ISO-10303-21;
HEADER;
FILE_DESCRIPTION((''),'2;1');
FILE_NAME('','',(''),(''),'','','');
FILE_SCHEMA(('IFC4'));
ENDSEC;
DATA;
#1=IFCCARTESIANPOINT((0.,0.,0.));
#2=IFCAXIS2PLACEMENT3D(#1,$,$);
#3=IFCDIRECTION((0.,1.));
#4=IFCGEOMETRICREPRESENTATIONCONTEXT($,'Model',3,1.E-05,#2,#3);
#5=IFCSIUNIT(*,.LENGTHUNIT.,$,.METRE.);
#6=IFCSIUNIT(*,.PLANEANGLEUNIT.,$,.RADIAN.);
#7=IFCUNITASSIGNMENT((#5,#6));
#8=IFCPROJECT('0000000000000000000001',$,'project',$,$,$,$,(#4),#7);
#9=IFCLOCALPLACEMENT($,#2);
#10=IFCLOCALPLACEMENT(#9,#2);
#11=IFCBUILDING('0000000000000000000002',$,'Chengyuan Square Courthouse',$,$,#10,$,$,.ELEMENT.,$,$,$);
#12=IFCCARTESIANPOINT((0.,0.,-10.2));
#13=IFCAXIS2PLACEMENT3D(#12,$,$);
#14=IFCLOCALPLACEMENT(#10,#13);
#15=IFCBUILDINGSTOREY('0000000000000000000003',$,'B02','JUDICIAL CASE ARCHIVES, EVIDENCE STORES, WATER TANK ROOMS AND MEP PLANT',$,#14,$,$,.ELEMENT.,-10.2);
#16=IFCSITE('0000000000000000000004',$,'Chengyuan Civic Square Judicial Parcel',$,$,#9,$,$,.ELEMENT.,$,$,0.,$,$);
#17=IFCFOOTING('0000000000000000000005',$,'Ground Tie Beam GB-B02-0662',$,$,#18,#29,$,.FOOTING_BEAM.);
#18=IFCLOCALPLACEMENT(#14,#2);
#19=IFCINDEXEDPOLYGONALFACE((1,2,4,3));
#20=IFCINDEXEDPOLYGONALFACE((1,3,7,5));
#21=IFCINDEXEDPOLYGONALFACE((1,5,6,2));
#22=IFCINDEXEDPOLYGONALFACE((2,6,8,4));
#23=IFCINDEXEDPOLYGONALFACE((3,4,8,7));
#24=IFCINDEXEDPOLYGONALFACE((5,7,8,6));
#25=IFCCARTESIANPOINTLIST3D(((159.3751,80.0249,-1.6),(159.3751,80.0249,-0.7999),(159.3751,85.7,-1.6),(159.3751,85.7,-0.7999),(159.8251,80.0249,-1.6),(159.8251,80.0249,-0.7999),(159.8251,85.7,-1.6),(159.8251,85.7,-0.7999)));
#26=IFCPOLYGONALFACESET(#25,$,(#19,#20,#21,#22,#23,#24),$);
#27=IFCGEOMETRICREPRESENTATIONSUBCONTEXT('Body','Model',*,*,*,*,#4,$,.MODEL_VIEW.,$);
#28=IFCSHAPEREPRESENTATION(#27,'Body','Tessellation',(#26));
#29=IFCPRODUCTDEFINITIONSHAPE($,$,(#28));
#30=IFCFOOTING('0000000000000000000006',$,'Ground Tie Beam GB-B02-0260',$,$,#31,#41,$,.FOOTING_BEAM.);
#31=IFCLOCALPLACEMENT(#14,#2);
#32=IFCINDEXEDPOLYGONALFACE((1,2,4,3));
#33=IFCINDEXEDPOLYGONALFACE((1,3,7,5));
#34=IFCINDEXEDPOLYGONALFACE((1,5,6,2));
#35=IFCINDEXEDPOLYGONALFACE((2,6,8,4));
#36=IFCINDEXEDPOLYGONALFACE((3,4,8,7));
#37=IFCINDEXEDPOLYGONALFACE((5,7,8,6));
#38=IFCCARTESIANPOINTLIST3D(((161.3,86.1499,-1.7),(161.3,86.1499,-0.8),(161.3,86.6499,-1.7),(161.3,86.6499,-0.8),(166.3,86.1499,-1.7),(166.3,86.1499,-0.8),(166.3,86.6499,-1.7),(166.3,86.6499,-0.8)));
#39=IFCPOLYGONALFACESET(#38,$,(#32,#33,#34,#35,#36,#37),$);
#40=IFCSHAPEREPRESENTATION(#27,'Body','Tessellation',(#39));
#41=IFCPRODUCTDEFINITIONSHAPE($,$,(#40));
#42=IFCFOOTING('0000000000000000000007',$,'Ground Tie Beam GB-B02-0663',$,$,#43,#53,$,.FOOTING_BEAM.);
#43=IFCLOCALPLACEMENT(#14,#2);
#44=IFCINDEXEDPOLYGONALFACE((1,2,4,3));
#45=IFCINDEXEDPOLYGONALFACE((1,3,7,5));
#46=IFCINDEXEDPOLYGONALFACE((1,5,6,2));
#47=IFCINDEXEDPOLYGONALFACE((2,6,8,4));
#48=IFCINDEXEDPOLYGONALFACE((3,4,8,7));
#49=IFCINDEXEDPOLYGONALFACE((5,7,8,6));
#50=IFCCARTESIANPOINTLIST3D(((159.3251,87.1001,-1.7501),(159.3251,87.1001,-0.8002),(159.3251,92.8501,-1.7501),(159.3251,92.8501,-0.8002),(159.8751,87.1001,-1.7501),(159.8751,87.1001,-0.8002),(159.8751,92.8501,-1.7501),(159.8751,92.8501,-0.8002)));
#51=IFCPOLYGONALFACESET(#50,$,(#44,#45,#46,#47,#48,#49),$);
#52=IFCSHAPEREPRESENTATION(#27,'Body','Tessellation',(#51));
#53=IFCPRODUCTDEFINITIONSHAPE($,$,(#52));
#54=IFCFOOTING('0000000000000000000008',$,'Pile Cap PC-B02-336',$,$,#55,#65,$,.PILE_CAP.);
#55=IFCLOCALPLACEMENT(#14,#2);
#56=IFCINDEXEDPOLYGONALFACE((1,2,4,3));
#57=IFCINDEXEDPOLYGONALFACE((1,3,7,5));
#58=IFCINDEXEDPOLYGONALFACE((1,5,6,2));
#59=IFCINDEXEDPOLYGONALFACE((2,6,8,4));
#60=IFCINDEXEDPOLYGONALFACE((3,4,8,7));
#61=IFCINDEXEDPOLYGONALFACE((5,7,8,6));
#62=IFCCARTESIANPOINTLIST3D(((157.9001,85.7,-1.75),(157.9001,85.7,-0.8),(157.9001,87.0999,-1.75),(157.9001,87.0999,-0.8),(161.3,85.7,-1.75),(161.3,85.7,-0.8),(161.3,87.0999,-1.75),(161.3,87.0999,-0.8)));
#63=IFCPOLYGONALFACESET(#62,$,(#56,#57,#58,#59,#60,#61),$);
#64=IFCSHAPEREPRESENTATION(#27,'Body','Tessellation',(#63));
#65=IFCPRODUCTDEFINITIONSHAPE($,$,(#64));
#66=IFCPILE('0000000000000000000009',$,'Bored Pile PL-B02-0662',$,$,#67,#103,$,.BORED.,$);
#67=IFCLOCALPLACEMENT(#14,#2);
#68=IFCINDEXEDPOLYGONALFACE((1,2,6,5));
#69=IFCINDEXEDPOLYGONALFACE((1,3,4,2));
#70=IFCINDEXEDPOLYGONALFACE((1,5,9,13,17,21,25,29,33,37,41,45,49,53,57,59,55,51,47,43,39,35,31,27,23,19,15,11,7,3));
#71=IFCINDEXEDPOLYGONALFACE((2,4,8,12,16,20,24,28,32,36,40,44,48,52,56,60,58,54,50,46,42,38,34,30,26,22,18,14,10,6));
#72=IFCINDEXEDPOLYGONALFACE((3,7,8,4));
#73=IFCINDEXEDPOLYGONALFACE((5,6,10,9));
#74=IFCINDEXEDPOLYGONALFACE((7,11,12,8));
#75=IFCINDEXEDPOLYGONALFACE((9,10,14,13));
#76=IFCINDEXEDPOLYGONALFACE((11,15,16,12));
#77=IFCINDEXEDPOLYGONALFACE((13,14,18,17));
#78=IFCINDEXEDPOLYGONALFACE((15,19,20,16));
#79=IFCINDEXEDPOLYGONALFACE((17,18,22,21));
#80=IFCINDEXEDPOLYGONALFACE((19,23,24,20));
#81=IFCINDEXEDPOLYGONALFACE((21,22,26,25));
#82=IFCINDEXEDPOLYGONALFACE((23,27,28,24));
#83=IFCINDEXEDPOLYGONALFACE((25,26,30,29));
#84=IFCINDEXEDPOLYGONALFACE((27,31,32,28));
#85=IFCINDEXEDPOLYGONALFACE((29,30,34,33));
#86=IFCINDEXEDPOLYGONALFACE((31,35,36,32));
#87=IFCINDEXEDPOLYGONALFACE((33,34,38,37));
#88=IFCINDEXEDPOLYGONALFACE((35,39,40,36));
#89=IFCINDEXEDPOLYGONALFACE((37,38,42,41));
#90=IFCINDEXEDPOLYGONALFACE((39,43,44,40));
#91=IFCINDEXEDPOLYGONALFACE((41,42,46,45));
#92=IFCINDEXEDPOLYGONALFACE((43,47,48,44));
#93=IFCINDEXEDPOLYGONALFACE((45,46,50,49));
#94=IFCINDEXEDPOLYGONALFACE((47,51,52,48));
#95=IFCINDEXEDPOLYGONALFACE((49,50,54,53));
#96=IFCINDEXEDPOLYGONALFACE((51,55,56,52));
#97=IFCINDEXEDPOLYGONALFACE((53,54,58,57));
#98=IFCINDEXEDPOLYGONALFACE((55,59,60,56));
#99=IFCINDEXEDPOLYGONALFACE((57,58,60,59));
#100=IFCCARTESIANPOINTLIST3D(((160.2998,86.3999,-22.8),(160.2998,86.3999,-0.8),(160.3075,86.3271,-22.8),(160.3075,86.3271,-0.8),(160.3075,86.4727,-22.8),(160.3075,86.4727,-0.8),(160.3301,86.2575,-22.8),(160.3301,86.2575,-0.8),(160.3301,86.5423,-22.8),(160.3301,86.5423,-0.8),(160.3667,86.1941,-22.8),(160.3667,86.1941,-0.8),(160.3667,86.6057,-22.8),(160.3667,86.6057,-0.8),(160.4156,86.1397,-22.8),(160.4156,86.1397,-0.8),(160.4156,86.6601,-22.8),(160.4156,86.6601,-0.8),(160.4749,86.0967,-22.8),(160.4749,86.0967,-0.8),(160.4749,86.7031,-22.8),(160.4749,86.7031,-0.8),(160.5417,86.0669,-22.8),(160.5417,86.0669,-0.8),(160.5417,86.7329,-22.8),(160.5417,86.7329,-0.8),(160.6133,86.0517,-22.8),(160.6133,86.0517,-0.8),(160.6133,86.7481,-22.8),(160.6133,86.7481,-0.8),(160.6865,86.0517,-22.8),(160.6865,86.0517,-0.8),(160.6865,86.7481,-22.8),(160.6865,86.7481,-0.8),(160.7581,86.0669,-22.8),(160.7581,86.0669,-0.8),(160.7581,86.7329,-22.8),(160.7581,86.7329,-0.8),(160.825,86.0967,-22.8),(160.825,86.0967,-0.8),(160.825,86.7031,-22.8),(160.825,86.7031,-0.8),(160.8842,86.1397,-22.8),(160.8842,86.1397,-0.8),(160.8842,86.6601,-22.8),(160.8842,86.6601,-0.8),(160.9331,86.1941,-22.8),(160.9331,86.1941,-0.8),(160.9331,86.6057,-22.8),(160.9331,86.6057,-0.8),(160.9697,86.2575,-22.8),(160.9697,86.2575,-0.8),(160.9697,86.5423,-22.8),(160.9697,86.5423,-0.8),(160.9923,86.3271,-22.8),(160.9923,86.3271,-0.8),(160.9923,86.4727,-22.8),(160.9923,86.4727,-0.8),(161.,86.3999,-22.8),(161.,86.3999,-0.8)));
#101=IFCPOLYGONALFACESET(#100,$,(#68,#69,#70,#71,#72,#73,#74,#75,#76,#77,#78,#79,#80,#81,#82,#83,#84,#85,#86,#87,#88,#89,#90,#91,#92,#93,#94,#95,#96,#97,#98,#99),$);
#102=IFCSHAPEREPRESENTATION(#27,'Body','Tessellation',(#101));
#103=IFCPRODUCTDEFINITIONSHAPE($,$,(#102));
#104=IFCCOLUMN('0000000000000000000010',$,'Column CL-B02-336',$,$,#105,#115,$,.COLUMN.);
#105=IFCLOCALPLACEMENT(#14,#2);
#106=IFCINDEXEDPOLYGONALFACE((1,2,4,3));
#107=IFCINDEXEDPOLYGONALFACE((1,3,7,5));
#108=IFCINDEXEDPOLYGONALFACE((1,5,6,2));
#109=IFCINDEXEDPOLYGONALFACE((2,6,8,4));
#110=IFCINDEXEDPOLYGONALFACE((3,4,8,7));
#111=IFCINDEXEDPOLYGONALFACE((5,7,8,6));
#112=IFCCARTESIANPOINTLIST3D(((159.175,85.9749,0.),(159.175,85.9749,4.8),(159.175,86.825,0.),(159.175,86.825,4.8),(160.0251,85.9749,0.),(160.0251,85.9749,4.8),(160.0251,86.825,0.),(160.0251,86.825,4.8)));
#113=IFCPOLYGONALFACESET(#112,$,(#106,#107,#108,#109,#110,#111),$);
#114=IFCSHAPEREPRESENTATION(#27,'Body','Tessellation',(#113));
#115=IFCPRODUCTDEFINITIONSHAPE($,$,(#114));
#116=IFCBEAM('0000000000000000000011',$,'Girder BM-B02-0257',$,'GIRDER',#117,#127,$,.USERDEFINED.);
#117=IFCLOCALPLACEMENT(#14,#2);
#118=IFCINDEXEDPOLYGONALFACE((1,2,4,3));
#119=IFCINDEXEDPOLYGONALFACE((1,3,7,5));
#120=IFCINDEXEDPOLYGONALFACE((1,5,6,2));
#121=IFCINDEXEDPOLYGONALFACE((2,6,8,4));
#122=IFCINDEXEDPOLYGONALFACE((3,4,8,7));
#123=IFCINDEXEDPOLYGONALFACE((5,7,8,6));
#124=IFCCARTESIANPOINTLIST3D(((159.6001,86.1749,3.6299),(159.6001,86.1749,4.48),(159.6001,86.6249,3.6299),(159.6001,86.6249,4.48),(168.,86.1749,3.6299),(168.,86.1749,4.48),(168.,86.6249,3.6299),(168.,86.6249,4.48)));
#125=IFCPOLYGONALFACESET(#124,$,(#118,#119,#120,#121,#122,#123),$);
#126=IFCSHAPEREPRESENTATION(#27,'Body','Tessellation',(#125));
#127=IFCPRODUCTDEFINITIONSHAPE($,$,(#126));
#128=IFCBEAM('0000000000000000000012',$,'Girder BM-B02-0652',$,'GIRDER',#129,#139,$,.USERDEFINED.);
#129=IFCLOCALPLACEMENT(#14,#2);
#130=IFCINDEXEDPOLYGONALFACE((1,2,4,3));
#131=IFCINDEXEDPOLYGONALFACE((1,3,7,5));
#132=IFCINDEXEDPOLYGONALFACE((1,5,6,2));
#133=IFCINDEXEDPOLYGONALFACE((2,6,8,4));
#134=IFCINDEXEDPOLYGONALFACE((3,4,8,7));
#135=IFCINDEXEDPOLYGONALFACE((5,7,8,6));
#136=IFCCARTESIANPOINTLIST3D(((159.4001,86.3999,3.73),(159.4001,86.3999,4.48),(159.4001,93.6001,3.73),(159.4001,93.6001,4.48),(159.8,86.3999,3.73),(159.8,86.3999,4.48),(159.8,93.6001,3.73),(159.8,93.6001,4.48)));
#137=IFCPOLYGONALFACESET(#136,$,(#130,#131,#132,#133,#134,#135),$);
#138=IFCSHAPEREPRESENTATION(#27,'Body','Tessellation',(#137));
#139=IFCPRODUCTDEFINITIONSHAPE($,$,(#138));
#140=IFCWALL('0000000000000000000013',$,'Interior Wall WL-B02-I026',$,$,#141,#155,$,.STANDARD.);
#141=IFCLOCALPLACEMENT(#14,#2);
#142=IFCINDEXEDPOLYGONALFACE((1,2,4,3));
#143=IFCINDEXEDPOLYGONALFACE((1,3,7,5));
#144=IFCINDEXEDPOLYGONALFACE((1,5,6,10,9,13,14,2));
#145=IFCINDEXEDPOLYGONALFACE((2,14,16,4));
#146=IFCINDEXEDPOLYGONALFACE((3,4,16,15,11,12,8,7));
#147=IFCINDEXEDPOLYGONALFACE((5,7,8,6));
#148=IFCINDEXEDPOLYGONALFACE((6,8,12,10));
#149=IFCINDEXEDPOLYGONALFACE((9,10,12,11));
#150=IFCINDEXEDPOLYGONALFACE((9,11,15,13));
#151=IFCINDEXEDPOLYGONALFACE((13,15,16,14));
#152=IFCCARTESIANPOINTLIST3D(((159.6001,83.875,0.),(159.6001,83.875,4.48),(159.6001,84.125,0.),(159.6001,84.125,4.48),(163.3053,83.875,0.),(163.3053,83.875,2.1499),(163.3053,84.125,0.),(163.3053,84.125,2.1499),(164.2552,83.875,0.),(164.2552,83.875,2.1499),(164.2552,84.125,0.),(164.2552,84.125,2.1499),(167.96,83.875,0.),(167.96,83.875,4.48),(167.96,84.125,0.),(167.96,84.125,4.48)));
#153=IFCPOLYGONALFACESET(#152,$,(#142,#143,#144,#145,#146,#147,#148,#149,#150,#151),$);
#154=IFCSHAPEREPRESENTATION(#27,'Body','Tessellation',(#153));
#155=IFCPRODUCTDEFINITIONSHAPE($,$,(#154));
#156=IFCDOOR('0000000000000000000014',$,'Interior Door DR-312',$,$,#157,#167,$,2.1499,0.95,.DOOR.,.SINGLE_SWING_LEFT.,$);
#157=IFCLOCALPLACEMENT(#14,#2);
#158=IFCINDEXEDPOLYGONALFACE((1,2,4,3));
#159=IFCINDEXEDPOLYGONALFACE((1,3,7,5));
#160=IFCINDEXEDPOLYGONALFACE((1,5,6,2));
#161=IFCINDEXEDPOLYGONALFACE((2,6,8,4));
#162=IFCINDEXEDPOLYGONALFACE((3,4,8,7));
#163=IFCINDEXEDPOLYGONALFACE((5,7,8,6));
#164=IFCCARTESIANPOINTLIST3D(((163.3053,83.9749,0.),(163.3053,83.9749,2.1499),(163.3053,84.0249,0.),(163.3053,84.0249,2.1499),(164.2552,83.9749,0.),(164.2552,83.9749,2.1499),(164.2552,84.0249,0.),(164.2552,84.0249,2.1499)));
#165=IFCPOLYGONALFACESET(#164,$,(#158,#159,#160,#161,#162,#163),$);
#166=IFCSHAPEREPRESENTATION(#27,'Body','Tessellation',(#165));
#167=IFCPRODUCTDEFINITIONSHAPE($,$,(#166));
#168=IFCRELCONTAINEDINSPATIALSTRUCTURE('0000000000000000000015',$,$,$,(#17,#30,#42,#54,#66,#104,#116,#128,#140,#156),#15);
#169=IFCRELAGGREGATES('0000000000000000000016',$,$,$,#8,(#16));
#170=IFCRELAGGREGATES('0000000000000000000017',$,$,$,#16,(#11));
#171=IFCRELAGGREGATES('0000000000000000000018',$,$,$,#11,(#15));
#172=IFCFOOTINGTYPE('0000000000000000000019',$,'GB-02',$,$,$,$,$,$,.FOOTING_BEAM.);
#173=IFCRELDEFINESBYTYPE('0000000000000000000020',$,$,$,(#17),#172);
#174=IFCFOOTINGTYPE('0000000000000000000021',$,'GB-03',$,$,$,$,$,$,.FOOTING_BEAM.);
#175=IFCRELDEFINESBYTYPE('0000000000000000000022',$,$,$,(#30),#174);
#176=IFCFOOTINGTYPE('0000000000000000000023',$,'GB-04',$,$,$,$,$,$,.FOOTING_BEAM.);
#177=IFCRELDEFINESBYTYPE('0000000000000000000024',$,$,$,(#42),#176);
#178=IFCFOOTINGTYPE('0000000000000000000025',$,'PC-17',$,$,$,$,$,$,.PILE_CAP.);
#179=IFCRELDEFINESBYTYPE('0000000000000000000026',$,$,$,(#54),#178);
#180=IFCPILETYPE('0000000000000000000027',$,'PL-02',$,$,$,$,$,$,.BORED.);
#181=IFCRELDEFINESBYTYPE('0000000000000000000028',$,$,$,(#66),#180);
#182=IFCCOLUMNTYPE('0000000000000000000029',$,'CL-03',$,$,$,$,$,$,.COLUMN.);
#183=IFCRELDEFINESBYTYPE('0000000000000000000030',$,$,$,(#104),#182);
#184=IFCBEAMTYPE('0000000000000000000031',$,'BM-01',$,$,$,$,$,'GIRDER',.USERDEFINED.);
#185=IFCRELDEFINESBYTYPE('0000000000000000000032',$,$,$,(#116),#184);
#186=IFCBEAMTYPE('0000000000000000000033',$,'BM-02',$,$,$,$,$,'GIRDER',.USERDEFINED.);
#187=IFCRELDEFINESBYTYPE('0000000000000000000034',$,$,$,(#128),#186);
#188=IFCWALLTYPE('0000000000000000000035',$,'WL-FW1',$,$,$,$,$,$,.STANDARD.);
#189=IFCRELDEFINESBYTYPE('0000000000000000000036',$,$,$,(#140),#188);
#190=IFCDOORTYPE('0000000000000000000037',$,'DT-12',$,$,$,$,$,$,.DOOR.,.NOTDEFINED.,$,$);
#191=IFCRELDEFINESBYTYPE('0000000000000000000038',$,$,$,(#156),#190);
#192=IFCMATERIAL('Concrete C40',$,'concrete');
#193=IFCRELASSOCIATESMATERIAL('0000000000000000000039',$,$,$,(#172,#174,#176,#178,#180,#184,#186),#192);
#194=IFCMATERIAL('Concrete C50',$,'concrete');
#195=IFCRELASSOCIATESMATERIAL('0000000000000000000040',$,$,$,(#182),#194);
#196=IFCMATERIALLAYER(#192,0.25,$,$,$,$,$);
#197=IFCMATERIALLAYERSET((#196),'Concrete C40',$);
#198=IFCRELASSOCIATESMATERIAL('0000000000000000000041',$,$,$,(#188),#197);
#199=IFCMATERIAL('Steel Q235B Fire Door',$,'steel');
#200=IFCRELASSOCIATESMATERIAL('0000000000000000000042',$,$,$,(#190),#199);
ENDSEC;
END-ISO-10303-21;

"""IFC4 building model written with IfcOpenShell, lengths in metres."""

from ifc_helpers import new_model, si_unit, direction, frame, frame_2d, origin, origin_2d, place, context, subcontext, project, spatial, rectangle, circle, extrude, material, layer, layer_set, material_profile, profile_set, type_object, element, fill, save


model = new_model("IFC4")

# Units and contexts
model_context = context("Model", 3, precision=1e-05, world=origin(), true_north=direction((0.0, 1.0)))
body_context = subcontext(model_context, "Body", "Model", "MODEL_VIEW")
ifc_project = project(units=[si_unit("LENGTHUNIT", "METRE"), si_unit("PLANEANGLEUNIT", "RADIAN")], contexts=[model_context])

# Site, building, storey
site_placement = place(None, origin())
site = spatial("IfcSite", under=ifc_project, at=site_placement, Name="Chengyuan Civic Square Judicial Parcel", CompositionType="ELEMENT", RefElevation=0.0)
building_placement = place(site_placement, origin())
building = spatial("IfcBuilding", under=site, at=building_placement, Name="Chengyuan Square Courthouse", CompositionType="ELEMENT")
storey_placement = place(building_placement, frame((0.0, 0.0, -10.2)))
storey = spatial("IfcBuildingStorey", under=building, at=storey_placement, Name="B02", Description="JUDICIAL CASE ARCHIVES, EVIDENCE STORES, WATER TANK ROOMS AND MEP PLANT", CompositionType="ELEMENT", Elevation=-10.2)

# Footings
ifc_material_1 = material(Name="Concrete C40", Category="concrete")
ifc_material_profile_1 = material_profile(ifc_material_1, rectangle(XDim=0.45, YDim=0.8, at=origin_2d()), Name="GB-450x800")
ifc_profile_set_1 = profile_set([ifc_material_profile_1], Name="Concrete C40")
footing_type_1 = type_object("IfcFootingType", Name="GB-02", PredefinedType="FOOTING_BEAM", material=ifc_profile_set_1)
footing_1_placement = place(storey_placement, frame((159.6001, 80.0249, -1.2), z_axis=(0.0, 1.0, 0.0), x_axis=(-1.0, 0.0, 0.0)))
element("IfcFooting", 1, at=footing_1_placement, inside=storey, type_object=footing_type_1, Name="Ground Tie Beam GB-B02-0662", PredefinedType="FOOTING_BEAM", context=body_context, shape_type="SweptSolid", body=[
    extrude(rectangle(XDim=0.45, YDim=0.8, at=origin_2d()), origin(), (0.0, 0.0, 1.0), 5.675),
])
ifc_material_profile_2 = material_profile(ifc_material_1, rectangle(XDim=0.5, YDim=0.8999, at=origin_2d()), Name="GB-500x900")
ifc_profile_set_2 = profile_set([ifc_material_profile_2], Name="Concrete C40")
footing_type_2 = type_object("IfcFootingType", Name="GB-03", PredefinedType="FOOTING_BEAM", material=ifc_profile_set_2)
footing_2_placement = place(storey_placement, frame((161.3, 86.3999, -1.25), z_axis=(1.0, 0.0, 0.0), x_axis=(0.0, 1.0, 0.0)))
element("IfcFooting", 2, at=footing_2_placement, inside=storey, type_object=footing_type_2, Name="Ground Tie Beam GB-B02-0260", PredefinedType="FOOTING_BEAM", context=body_context, shape_type="SweptSolid", body=[
    extrude(rectangle(XDim=0.5, YDim=0.8999, at=origin_2d()), origin(), (0.0, 0.0, 1.0), 5.0),
])
ifc_material_profile_3 = material_profile(ifc_material_1, rectangle(XDim=0.55, YDim=0.95, at=origin_2d()), Name="GB-550x950")
ifc_profile_set_3 = profile_set([ifc_material_profile_3], Name="Concrete C40")
footing_type_3 = type_object("IfcFootingType", Name="GB-04", PredefinedType="FOOTING_BEAM", material=ifc_profile_set_3)
footing_3_placement = place(storey_placement, frame((159.6001, 87.1001, -1.2751), z_axis=(0.0, 1.0, 0.0), x_axis=(-1.0, 0.0, 0.0)))
element("IfcFooting", 3, at=footing_3_placement, inside=storey, type_object=footing_type_3, Name="Ground Tie Beam GB-B02-0663", PredefinedType="FOOTING_BEAM", context=body_context, shape_type="SweptSolid", body=[
    extrude(rectangle(XDim=0.55, YDim=0.95, at=origin_2d()), origin(), (0.0, 0.0, 1.0), 5.75),
])
footing_type_4 = type_object("IfcFootingType", Name="PC-17", PredefinedType="PILE_CAP", material=ifc_material_1)
footing_4_placement = place(storey_placement, frame((159.6001, 86.3999, -1.75), z_axis=(0.0, 0.0, 1.0), x_axis=(1.0, 0.0, 0.0)))
element("IfcFooting", 4, at=footing_4_placement, inside=storey, type_object=footing_type_4, Name="Pile Cap PC-B02-336", PredefinedType="PILE_CAP", context=body_context, shape_type="SweptSolid", body=[
    extrude(rectangle(XDim=3.3999, YDim=1.3999, at=origin_2d()), origin(), (0.0, 0.0, 1.0), 0.95),
])

# Pile
ifc_material_profile_4 = material_profile(ifc_material_1, circle(Radius=0.3501, at=origin_2d()), Name="BORED PILE D700")
ifc_profile_set_4 = profile_set([ifc_material_profile_4], Name="Concrete C40")
pile_type = type_object("IfcPileType", Name="PL-02", PredefinedType="BORED", material=ifc_profile_set_4)
pile_placement = place(storey_placement, frame((160.6499, 86.3999, -0.8), z_axis=(0.0, 0.0, -1.0), x_axis=(1.0, 0.0, 0.0)))
element("IfcPile", 5, at=pile_placement, inside=storey, type_object=pile_type, Name="Bored Pile PL-B02-0662", PredefinedType="BORED", context=body_context, shape_type="SweptSolid", body=[
    extrude(circle(Radius=0.3501, at=origin_2d()), origin(), (0.0, 0.0, 1.0), 22.0),
])

# Column
ifc_material_2 = material(Name="Concrete C50", Category="concrete")
ifc_material_profile_5 = material_profile(ifc_material_2, rectangle(XDim=0.8501, YDim=0.8501, at=origin_2d()), Name="RC-COL-850x850")
ifc_profile_set_5 = profile_set([ifc_material_profile_5], Name="Concrete C50")
column_type = type_object("IfcColumnType", Name="CL-03", PredefinedType="COLUMN", material=ifc_profile_set_5)
column_placement = place(storey_placement, frame((159.6001, 86.3999, 0.0), z_axis=(0.0, 0.0, 1.0), x_axis=(1.0, 0.0, 0.0)))
element("IfcColumn", 6, at=column_placement, inside=storey, type_object=column_type, Name="Column CL-B02-336", PredefinedType="COLUMN", context=body_context, shape_type="SweptSolid", body=[
    extrude(rectangle(XDim=0.8501, YDim=0.8501, at=origin_2d()), origin(), (0.0, 0.0, 1.0), 4.8),
])

# Beams
ifc_material_profile_6 = material_profile(ifc_material_1, rectangle(XDim=0.45, YDim=0.8501, at=origin_2d()), Name="RC-BM-450x850")
ifc_profile_set_6 = profile_set([ifc_material_profile_6], Name="Concrete C40")
beam_type_1 = type_object("IfcBeamType", Name="BM-01", ElementType="GIRDER", PredefinedType="USERDEFINED", material=ifc_profile_set_6)
beam_1_placement = place(storey_placement, frame((159.6001, 86.3999, 4.0549), z_axis=(1.0, 0.0, 0.0), x_axis=(0.0, 1.0, 0.0)))
element("IfcBeam", 7, at=beam_1_placement, inside=storey, type_object=beam_type_1, Name="Girder BM-B02-0257", ObjectType="GIRDER", PredefinedType="USERDEFINED", context=body_context, shape_type="SweptSolid", body=[
    extrude(rectangle(XDim=0.45, YDim=0.8501, at=origin_2d()), origin(), (0.0, 0.0, 1.0), 8.3999),
])
ifc_material_profile_7 = material_profile(ifc_material_1, rectangle(XDim=0.3999, YDim=0.75, at=origin_2d()), Name="RC-BM-400x750")
ifc_profile_set_7 = profile_set([ifc_material_profile_7], Name="Concrete C40")
beam_type_2 = type_object("IfcBeamType", Name="BM-02", ElementType="GIRDER", PredefinedType="USERDEFINED", material=ifc_profile_set_7)
beam_2_placement = place(storey_placement, frame((159.6001, 86.3999, 4.105), z_axis=(0.0, 1.0, 0.0), x_axis=(-1.0, 0.0, 0.0)))
element("IfcBeam", 8, at=beam_2_placement, inside=storey, type_object=beam_type_2, Name="Girder BM-B02-0652", ObjectType="GIRDER", PredefinedType="USERDEFINED", context=body_context, shape_type="SweptSolid", body=[
    extrude(rectangle(XDim=0.3999, YDim=0.75, at=origin_2d()), origin(), (0.0, 0.0, 1.0), 7.2002),
])

# Wall, opening, door
ifc_layer_1 = layer(ifc_material_1, 0.25)
ifc_layer_set_1 = layer_set([ifc_layer_1], Name="Concrete C40")
wall_type_1 = type_object("IfcWallType", Name="WL-FW1", PredefinedType="STANDARD", material=ifc_layer_set_1)
wall_1_placement = place(storey_placement, frame((159.6001, 84.0, 0.0), z_axis=(0.0, 0.0, 1.0), x_axis=(1.0, 0.0, 0.0)))
wall_1 = element("IfcWall", 9, at=wall_1_placement, inside=storey, type_object=wall_type_1, Name="Interior Wall WL-B02-I026", PredefinedType="STANDARD", context=body_context, shape_type="SweptSolid", body=[
    extrude(rectangle(XDim=8.3599, YDim=0.25, at=frame_2d((4.1799, 0.0))), origin(), (0.0, 0.0, 1.0), 4.48),
])
opening_1_placement = place(wall_1_placement, frame((3.7051, 0.0, 0.0)))
opening_1 = element("IfcOpeningElement", 10, at=opening_1_placement, cuts=wall_1, PredefinedType="OPENING", context=body_context, shape_type="SweptSolid", body=[
    extrude(rectangle(XDim=0.95, YDim=2.1499, at=frame_2d((0.4751, 1.075))), frame((0.0, 0.137, 0.0), z_axis=(0.0, -1.0, 0.0), x_axis=(1.0, 0.0, 0.0)), (0.0, 0.0, 1.0), 0.2739),
])
ifc_material_3 = material(Name="Steel Q235B Fire Door", Category="steel")
door_type_1 = type_object("IfcDoorType", Name="DT-12", OperationType="NOTDEFINED", PredefinedType="DOOR", material=ifc_material_3)
door_1_placement = place(opening_1_placement, origin())
door_1 = element("IfcDoor", 11, at=door_1_placement, inside=storey, type_object=door_type_1, Name="Interior Door DR-312", OperationType="SINGLE_SWING_LEFT", OverallHeight=2.1499, OverallWidth=0.95, PredefinedType="DOOR", context=body_context, shape_type="SweptSolid", body=[
    extrude(rectangle(XDim=0.95, YDim=2.1499, at=frame_2d((0.4751, 1.075))), frame((0.0, 0.0249, 0.0), z_axis=(0.0, -1.0, 0.0), x_axis=(1.0, 0.0, 0.0)), (0.0, 0.0, 1.0), 0.05),
])
fill(opening_1, door_1)

save(model, "model.ifc")
